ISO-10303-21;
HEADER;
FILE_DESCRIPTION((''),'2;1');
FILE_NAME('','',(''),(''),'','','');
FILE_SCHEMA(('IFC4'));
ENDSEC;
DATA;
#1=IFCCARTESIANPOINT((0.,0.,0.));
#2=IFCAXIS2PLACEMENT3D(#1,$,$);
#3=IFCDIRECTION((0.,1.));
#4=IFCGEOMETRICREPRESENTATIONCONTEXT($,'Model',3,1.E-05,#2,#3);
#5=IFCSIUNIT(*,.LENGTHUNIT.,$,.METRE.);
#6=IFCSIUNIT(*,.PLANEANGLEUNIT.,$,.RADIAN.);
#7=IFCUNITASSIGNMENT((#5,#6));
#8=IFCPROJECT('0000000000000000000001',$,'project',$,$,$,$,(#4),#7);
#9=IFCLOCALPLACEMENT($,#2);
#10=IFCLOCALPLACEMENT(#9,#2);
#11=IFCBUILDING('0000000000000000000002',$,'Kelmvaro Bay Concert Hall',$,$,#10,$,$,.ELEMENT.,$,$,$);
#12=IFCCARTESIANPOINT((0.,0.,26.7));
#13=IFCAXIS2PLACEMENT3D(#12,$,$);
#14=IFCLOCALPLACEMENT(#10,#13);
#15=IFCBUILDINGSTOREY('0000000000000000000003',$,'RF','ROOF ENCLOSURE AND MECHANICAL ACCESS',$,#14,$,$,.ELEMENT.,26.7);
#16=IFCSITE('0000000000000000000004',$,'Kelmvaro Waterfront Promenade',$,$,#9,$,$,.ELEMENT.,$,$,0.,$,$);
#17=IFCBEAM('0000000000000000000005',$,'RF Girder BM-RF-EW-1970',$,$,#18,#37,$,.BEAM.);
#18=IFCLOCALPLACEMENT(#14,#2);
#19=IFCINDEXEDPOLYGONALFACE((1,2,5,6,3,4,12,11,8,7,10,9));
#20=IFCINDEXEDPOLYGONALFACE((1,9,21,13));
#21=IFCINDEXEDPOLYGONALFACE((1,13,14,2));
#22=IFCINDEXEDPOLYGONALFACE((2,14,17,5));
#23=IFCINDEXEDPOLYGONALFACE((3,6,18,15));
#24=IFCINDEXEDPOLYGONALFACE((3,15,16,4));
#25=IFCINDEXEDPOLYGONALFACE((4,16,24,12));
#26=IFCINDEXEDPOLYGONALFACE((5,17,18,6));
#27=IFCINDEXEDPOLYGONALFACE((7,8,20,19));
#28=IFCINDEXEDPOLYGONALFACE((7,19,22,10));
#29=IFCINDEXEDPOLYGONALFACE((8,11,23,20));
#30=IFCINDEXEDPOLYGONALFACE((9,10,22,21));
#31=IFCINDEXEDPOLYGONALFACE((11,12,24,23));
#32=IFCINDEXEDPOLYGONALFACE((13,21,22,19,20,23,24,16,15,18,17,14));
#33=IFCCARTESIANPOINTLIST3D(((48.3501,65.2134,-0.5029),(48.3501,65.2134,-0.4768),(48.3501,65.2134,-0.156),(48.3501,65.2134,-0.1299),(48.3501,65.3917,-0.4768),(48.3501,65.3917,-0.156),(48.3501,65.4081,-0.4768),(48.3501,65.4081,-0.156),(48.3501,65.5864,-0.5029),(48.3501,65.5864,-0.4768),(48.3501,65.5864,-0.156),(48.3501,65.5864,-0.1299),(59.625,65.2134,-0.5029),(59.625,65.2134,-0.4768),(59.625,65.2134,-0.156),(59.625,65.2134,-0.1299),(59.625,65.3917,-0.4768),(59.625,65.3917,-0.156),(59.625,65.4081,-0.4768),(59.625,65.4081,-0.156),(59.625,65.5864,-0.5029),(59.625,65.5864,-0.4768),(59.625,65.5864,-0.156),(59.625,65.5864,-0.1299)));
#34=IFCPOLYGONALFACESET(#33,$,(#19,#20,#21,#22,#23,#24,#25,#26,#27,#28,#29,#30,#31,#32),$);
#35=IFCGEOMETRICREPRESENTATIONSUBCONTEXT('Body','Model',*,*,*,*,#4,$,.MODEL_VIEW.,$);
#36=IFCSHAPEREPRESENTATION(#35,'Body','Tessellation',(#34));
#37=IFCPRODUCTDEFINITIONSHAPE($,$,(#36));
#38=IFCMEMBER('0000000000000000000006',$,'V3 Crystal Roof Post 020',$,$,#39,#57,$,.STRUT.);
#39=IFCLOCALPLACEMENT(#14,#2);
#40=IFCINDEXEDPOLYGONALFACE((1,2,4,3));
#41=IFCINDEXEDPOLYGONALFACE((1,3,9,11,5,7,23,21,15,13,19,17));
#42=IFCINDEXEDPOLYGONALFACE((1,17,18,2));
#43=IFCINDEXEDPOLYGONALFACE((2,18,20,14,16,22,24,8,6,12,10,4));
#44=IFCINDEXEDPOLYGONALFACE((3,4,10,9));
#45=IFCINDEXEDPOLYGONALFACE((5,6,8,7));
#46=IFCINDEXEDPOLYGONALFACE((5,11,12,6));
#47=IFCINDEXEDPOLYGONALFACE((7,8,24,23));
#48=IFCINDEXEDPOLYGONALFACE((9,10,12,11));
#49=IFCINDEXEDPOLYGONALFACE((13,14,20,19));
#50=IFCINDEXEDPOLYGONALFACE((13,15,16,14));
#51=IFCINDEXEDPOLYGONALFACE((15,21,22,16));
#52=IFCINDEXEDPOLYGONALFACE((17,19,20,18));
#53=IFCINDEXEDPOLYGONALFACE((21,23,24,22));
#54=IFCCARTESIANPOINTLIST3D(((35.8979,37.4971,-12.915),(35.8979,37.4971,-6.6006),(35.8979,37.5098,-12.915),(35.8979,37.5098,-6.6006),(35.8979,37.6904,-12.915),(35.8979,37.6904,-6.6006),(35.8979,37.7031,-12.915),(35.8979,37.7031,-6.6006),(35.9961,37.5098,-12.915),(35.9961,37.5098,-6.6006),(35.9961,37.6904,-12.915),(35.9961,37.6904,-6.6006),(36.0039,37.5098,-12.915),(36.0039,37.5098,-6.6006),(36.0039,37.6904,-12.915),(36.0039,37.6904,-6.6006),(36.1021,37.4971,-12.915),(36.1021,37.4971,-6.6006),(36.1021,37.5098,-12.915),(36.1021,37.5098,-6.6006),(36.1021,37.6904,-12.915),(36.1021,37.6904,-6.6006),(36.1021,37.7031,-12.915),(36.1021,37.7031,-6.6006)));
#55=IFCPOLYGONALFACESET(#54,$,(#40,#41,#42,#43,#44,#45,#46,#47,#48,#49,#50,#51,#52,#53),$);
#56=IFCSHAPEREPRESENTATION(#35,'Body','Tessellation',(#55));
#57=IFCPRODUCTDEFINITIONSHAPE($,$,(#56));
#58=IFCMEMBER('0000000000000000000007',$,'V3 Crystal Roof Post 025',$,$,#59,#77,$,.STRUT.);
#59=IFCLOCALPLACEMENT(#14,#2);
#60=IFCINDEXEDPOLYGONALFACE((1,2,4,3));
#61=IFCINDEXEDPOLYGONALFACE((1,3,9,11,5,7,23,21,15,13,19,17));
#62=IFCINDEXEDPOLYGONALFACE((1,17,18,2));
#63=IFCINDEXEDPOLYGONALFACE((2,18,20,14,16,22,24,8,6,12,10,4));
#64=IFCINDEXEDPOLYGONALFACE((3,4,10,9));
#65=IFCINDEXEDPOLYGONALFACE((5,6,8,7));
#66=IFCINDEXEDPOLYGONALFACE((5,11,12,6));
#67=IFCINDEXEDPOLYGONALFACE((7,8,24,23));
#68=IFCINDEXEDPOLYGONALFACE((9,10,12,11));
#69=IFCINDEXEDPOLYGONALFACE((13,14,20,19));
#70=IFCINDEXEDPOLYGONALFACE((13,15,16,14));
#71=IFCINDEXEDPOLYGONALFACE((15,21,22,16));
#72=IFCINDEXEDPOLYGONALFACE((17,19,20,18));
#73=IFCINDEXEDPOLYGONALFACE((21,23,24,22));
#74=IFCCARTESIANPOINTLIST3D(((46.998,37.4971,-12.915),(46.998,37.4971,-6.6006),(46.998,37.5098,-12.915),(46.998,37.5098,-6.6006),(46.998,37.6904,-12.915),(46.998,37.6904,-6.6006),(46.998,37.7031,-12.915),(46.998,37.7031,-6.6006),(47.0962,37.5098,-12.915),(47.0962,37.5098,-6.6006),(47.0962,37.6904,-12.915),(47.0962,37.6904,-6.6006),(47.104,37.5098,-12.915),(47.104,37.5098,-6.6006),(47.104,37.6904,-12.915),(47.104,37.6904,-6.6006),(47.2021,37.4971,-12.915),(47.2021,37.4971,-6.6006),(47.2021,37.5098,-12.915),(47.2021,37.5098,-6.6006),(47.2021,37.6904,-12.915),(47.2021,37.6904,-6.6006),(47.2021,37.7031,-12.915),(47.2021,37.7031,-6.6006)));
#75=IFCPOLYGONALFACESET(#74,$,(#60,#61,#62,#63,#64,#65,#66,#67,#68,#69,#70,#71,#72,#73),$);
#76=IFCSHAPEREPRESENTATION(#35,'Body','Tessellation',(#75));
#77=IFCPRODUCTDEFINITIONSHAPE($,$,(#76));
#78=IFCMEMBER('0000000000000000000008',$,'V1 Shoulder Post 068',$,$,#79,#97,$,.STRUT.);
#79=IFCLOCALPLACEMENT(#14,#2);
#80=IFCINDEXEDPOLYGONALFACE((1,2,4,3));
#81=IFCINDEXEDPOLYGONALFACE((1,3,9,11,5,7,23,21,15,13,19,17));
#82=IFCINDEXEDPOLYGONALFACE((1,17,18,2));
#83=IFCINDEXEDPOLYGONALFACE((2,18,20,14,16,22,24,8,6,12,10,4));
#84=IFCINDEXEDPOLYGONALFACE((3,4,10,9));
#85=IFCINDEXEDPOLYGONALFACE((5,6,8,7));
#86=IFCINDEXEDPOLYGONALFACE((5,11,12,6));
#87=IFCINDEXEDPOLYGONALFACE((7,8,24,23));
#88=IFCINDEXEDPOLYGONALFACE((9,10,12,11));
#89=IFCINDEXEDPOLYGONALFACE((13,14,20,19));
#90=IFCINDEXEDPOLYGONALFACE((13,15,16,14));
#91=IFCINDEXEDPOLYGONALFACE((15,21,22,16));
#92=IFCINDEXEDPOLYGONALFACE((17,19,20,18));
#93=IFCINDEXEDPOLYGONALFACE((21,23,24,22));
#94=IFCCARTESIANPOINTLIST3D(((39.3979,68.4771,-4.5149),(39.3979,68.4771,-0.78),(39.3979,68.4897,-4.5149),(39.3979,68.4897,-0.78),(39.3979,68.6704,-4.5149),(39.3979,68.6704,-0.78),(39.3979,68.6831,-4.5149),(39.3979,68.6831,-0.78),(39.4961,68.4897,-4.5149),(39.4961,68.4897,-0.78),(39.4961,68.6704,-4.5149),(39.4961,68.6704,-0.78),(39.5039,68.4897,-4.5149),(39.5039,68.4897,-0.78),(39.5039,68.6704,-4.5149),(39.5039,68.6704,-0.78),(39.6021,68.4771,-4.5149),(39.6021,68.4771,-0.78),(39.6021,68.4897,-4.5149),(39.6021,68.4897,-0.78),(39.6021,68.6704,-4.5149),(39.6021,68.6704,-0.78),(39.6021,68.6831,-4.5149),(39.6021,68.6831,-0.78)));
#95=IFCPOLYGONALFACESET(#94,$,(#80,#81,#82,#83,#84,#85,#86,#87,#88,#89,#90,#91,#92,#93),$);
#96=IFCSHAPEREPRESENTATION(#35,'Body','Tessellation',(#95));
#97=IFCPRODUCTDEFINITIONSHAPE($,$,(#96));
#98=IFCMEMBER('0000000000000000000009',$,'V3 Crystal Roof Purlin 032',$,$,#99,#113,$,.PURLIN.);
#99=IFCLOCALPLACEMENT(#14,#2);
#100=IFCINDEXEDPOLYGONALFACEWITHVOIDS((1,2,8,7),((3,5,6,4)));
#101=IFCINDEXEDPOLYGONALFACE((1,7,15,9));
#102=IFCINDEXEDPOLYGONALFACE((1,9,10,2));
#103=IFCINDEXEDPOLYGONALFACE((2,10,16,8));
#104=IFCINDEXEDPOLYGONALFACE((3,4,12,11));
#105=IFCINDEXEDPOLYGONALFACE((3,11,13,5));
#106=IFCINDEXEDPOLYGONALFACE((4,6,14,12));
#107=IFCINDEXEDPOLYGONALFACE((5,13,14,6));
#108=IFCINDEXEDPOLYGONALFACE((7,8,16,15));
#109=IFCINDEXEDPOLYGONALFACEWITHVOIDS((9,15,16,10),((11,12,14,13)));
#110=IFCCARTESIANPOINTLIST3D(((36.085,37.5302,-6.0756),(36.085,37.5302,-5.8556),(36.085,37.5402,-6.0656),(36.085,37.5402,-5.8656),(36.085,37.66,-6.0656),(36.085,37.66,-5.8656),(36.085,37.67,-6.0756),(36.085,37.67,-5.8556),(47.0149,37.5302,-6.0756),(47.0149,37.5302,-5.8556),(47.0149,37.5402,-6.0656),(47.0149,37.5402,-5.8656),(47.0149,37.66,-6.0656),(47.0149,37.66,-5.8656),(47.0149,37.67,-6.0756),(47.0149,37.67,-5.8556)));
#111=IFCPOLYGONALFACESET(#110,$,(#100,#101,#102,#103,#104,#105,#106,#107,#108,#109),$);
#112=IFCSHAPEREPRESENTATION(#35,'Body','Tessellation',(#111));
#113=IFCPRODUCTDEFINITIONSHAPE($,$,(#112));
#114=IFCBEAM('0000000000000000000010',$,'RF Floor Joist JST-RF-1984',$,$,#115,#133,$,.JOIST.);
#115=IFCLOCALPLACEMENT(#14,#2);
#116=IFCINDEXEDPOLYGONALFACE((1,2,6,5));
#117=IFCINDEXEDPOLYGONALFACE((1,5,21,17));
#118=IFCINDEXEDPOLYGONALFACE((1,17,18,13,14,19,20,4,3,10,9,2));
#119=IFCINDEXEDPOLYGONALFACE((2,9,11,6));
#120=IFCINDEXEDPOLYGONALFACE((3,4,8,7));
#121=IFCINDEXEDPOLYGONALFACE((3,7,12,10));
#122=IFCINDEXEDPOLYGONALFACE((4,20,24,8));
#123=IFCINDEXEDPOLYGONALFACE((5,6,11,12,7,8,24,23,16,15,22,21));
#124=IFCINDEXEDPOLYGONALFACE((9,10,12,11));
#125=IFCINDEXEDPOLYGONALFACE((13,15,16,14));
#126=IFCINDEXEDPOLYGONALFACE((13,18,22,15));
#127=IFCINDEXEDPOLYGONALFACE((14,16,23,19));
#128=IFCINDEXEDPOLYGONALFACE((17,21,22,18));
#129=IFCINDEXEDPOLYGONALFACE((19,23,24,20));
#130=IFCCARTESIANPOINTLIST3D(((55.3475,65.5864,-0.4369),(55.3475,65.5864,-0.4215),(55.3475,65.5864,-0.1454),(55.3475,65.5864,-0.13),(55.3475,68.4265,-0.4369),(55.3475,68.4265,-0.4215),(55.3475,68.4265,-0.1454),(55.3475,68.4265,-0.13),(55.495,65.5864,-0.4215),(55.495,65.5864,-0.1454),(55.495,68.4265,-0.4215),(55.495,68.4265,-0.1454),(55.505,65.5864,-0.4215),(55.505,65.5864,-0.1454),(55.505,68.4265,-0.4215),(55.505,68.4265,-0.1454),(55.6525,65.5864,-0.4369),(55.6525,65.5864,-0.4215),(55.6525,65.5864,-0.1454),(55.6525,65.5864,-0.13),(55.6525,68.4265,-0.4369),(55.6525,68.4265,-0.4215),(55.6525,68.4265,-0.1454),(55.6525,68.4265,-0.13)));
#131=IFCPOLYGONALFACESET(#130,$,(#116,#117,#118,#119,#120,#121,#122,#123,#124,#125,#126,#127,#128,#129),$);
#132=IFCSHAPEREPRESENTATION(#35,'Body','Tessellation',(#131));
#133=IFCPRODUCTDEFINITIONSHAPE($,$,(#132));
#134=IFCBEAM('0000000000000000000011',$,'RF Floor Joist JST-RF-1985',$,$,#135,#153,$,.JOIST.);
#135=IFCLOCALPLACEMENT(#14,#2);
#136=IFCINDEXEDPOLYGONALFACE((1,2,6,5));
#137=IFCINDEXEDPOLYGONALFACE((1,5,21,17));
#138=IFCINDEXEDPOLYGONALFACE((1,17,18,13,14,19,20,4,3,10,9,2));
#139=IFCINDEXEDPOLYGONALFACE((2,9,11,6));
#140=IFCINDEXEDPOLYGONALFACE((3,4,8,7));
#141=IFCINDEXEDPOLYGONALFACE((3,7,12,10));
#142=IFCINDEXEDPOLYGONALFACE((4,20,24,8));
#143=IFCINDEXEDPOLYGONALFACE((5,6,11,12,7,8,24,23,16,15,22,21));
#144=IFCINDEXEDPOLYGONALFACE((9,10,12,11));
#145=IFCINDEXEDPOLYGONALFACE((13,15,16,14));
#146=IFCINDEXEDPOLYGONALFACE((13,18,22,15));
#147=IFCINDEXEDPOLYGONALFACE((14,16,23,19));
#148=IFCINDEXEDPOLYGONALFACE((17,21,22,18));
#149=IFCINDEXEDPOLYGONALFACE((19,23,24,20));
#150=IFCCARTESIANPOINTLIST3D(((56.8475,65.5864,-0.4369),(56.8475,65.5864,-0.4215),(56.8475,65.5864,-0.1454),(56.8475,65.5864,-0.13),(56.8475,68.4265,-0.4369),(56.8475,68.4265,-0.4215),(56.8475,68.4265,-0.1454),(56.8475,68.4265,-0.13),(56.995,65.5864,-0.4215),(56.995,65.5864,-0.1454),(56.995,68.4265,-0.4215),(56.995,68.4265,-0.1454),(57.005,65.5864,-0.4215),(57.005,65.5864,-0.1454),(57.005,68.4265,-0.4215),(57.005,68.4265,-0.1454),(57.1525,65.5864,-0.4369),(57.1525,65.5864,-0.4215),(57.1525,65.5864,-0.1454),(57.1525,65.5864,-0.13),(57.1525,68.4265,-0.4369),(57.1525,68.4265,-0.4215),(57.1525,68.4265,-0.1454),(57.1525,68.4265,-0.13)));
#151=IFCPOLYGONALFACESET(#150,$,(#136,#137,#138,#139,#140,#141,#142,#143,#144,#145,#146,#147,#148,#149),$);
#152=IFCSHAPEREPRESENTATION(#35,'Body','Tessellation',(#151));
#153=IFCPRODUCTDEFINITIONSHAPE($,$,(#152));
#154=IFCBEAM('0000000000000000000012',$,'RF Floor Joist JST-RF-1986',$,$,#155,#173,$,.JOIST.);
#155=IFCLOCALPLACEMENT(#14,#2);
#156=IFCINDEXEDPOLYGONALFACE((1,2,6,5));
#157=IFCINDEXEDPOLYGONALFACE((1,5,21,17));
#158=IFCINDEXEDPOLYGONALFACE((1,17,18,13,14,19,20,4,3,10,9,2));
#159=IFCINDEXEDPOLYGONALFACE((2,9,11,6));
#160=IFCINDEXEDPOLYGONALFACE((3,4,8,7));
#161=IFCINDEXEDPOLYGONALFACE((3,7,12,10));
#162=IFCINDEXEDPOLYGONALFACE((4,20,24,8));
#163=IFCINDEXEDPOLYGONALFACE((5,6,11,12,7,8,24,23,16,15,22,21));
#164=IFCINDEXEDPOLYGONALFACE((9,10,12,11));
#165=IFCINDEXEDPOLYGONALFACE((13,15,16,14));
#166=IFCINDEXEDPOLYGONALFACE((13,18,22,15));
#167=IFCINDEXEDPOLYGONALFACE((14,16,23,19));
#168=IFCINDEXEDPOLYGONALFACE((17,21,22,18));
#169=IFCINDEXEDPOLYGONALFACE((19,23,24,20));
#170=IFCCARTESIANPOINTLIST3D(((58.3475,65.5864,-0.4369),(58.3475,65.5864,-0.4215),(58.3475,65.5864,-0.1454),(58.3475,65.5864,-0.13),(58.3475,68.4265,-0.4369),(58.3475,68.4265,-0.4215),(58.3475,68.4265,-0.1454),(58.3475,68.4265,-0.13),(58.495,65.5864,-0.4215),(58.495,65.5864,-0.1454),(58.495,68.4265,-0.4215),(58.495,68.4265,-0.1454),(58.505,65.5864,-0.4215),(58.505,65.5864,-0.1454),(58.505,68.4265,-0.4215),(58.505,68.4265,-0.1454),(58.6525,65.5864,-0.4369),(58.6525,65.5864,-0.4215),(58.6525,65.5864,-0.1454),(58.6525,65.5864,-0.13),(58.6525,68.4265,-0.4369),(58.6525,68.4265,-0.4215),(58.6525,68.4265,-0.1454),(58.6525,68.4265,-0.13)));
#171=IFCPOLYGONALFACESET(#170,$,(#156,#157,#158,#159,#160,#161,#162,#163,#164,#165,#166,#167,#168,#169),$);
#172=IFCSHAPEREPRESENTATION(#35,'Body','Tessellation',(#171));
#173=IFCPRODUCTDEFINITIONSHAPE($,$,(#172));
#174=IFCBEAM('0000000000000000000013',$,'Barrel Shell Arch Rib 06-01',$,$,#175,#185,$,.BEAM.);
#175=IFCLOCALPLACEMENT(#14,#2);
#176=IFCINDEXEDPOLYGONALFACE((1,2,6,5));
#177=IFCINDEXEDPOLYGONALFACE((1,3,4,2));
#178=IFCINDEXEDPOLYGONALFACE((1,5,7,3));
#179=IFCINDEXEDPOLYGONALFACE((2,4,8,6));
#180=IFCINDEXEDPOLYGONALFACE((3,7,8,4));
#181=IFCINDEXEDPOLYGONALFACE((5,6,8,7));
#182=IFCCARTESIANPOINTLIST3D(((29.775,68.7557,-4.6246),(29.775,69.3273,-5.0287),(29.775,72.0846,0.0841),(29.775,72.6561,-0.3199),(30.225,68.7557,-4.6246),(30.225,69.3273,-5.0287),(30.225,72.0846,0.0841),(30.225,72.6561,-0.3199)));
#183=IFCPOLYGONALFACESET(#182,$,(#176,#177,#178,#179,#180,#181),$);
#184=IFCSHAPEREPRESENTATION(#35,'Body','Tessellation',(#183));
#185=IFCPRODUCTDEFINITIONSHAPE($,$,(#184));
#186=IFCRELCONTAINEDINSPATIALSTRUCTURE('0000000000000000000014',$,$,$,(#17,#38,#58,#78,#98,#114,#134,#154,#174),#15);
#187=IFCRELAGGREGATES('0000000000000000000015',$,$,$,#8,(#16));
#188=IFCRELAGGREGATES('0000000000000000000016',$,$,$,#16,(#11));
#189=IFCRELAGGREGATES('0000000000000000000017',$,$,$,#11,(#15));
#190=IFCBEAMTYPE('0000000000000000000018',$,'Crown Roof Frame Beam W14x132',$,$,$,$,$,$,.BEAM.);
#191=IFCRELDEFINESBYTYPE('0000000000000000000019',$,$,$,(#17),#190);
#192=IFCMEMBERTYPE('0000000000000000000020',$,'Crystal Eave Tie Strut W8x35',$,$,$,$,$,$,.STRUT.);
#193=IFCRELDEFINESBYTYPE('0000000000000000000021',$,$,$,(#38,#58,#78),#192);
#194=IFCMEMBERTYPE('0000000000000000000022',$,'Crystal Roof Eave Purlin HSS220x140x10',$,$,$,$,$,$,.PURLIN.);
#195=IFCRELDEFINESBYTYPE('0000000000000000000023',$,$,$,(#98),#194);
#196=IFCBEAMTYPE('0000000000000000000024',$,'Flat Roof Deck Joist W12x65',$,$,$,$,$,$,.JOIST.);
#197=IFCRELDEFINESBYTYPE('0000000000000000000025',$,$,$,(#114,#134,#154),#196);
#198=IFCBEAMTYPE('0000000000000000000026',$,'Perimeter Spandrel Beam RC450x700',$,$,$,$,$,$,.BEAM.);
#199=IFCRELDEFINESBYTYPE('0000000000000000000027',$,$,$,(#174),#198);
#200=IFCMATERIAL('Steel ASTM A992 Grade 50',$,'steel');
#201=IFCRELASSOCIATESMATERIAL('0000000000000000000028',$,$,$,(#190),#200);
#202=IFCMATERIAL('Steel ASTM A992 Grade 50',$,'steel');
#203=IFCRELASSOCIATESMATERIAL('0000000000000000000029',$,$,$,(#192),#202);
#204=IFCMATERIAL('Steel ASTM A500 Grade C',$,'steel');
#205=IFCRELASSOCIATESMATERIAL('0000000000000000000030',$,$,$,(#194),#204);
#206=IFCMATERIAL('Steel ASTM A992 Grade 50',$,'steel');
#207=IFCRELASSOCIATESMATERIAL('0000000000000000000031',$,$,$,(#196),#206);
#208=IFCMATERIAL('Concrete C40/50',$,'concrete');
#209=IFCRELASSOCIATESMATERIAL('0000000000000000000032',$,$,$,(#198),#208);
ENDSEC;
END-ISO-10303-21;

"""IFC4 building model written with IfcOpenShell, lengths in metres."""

from ifc_helpers import new_model, si_unit, direction, frame, origin, origin_2d, place, context, subcontext, project, spatial, rectangle, hollow_rectangle, i_section, extrude, material, material_profile, profile_set, type_object, element, save


model = new_model("IFC4")

# Units and contexts
model_context = context("Model", 3, precision=1e-05, world=origin(), true_north=direction((0.0, 1.0)))
body_context = subcontext(model_context, "Body", "Model", "MODEL_VIEW")
ifc_project = project(units=[si_unit("LENGTHUNIT", "METRE"), si_unit("PLANEANGLEUNIT", "RADIAN")], contexts=[model_context])

# Site, building, storey
site_placement = place(None, origin())
site = spatial("IfcSite", under=ifc_project, at=site_placement, Name="Kelmvaro Waterfront Promenade", CompositionType="ELEMENT", RefElevation=0.0)
building_placement = place(site_placement, origin())
building = spatial("IfcBuilding", under=site, at=building_placement, Name="Kelmvaro Bay Concert Hall", CompositionType="ELEMENT")
storey_placement = place(building_placement, frame((0.0, 0.0, 26.7)))
storey = spatial("IfcBuildingStorey", under=building, at=storey_placement, Name="RF", Description="ROOF ENCLOSURE AND MECHANICAL ACCESS", CompositionType="ELEMENT", Elevation=26.7)

# Beam
ifc_material_1 = material(Name="Steel ASTM A992 Grade 50", Category="steel")
ifc_material_profile_1 = material_profile(ifc_material_1, i_section(OverallWidth=0.373, OverallDepth=0.373, WebThickness=0.0164, FlangeThickness=0.0261, at=origin_2d()), Name="W14X132")
ifc_profile_set_1 = profile_set([ifc_material_profile_1], Name="Steel ASTM A992 Grade 50")
beam_type_1 = type_object("IfcBeamType", Name="Crown Roof Frame Beam W14x132", PredefinedType="BEAM", material=ifc_profile_set_1)
beam_1_placement = place(storey_placement, frame((48.3501, 65.3999, -0.3164), z_axis=(1.0, 0.0, 0.0), x_axis=(0.0, 1.0, 0.0)))
element("IfcBeam", 1, at=beam_1_placement, inside=storey, type_object=beam_type_1, Name="RF Girder BM-RF-EW-1970", PredefinedType="BEAM", context=body_context, shape_type="SweptSolid", body=[
    extrude(i_section(OverallWidth=0.373, OverallDepth=0.373, WebThickness=0.0164, FlangeThickness=0.0261, at=origin_2d()), origin(), (0.0, 0.0, 1.0), 11.2749),
])

# Members
ifc_material_2 = material(Name="Steel ASTM A992 Grade 50", Category="steel")
ifc_material_profile_2 = material_profile(ifc_material_2, i_section(OverallWidth=0.2041, OverallDepth=0.2061, WebThickness=0.0078, FlangeThickness=0.0127, at=origin_2d()), Name="W8X35")
ifc_profile_set_2 = profile_set([ifc_material_profile_2], Name="Steel ASTM A992 Grade 50")
member_type_1 = type_object("IfcMemberType", Name="Crystal Eave Tie Strut W8x35", PredefinedType="STRUT", material=ifc_profile_set_2)
for number, where, z_axis, x_axis, name in (
    (2, (36.0, 37.6001, -12.915), (0.0, 0.0, 1.0), (1.0, 0.0, 0.0), "V3 Crystal Roof Post 020"),
    (3, (47.1001, 37.6001, -12.915), (0.0, 0.0, 1.0), (1.0, 0.0, 0.0), "V3 Crystal Roof Post 025"),
):
    element("IfcMember", number, at=place(storey_placement, frame(where, z_axis=z_axis, x_axis=x_axis)), inside=storey, type_object=member_type_1, Name=name, PredefinedType="STRUT", context=body_context, shape_type="SweptSolid", body=[
        extrude(i_section(OverallWidth=0.2041, OverallDepth=0.2061, WebThickness=0.0078, FlangeThickness=0.0127, at=origin_2d()), origin(), (0.0, 0.0, 1.0), 6.3145),
    ])
member_1_placement = place(storey_placement, frame((39.5, 68.5801, -4.5149), z_axis=(0.0, 0.0, 1.0), x_axis=(1.0, 0.0, 0.0)))
element("IfcMember", 4, at=member_1_placement, inside=storey, type_object=member_type_1, Name="V1 Shoulder Post 068", PredefinedType="STRUT", context=body_context, shape_type="SweptSolid", body=[
    extrude(i_section(OverallWidth=0.2041, OverallDepth=0.2061, WebThickness=0.0078, FlangeThickness=0.0127, at=origin_2d()), origin(), (0.0, 0.0, 1.0), 3.7349),
])
ifc_material_3 = material(Name="Steel ASTM A500 Grade C", Category="steel")
ifc_material_profile_3 = material_profile(ifc_material_3, hollow_rectangle(XDim=0.1399, YDim=0.22, WallThickness=0.01, at=origin_2d()), Name="HSS220X140X10")
ifc_profile_set_3 = profile_set([ifc_material_profile_3], Name="Steel ASTM A500 Grade C")
member_type_2 = type_object("IfcMemberType", Name="Crystal Roof Eave Purlin HSS220x140x10", PredefinedType="PURLIN", material=ifc_profile_set_3)
member_2_placement = place(storey_placement, frame((36.085, 37.6001, -5.9656), z_axis=(1.0, 0.0, 0.0), x_axis=(0.0, 1.0, 0.0)))
element("IfcMember", 5, at=member_2_placement, inside=storey, type_object=member_type_2, Name="V3 Crystal Roof Purlin 032", PredefinedType="PURLIN", context=body_context, shape_type="SweptSolid", body=[
    extrude(hollow_rectangle(XDim=0.1399, YDim=0.22, WallThickness=0.01, at=origin_2d()), origin(), (0.0, 0.0, 1.0), 10.9299),
])

# Beams
ifc_material_4 = material(Name="Steel ASTM A992 Grade 50", Category="steel")
ifc_material_profile_4 = material_profile(ifc_material_4, i_section(OverallWidth=0.3049, OverallDepth=0.3069, WebThickness=0.01, FlangeThickness=0.0154, at=origin_2d()), Name="W12X65")
ifc_profile_set_4 = profile_set([ifc_material_profile_4], Name="Steel ASTM A992 Grade 50")
beam_type_2 = type_object("IfcBeamType", Name="Flat Roof Deck Joist W12x65", PredefinedType="JOIST", material=ifc_profile_set_4)
for number, where, z_axis, x_axis, name in (
    (6, (55.5, 65.5864, -0.2834), (0.0, 1.0, 0.0), (-1.0, 0.0, 0.0), "RF Floor Joist JST-RF-1984"),
    (7, (57.0, 65.5864, -0.2834), (0.0, 1.0, 0.0), (-1.0, 0.0, 0.0), "RF Floor Joist JST-RF-1985"),
    (8, (58.5, 65.5864, -0.2834), (0.0, 1.0, 0.0), (-1.0, 0.0, 0.0), "RF Floor Joist JST-RF-1986"),
):
    element("IfcBeam", number, at=place(storey_placement, frame(where, z_axis=z_axis, x_axis=x_axis)), inside=storey, type_object=beam_type_2, Name=name, PredefinedType="JOIST", context=body_context, shape_type="SweptSolid", body=[
        extrude(i_section(OverallWidth=0.3049, OverallDepth=0.3069, WebThickness=0.01, FlangeThickness=0.0154, at=origin_2d()), origin(), (0.0, 0.0, 1.0), 2.8401),
    ])
ifc_material_5 = material(Name="Concrete C40/50", Category="concrete")
ifc_material_profile_5 = material_profile(ifc_material_5, rectangle(XDim=0.45, YDim=0.7, at=origin_2d()), Name="RC-BM-450X700")
ifc_profile_set_5 = profile_set([ifc_material_profile_5], Name="Concrete C40/50")
beam_type_3 = type_object("IfcBeamType", Name="Perimeter Spandrel Beam RC450x700", PredefinedType="BEAM", material=ifc_profile_set_5)
for number, where, z_axis, x_axis, name in (
    (9, (30.0, 69.0415, -4.8267), (0.0, 0.577266, 0.816556), (-1.0, 0.0, 0.0), "Barrel Shell Arch Rib 06-01"),
):
    element("IfcBeam", number, at=place(storey_placement, frame(where, z_axis=z_axis, x_axis=x_axis)), inside=storey, type_object=beam_type_3, Name=name, PredefinedType="BEAM", context=body_context, shape_type="SweptSolid", body=[
        extrude(rectangle(XDim=0.45, YDim=0.7, at=origin_2d()), origin(), (0.0, 0.0, 1.0), 5.7666),
    ])

save(model, "model.ifc")
